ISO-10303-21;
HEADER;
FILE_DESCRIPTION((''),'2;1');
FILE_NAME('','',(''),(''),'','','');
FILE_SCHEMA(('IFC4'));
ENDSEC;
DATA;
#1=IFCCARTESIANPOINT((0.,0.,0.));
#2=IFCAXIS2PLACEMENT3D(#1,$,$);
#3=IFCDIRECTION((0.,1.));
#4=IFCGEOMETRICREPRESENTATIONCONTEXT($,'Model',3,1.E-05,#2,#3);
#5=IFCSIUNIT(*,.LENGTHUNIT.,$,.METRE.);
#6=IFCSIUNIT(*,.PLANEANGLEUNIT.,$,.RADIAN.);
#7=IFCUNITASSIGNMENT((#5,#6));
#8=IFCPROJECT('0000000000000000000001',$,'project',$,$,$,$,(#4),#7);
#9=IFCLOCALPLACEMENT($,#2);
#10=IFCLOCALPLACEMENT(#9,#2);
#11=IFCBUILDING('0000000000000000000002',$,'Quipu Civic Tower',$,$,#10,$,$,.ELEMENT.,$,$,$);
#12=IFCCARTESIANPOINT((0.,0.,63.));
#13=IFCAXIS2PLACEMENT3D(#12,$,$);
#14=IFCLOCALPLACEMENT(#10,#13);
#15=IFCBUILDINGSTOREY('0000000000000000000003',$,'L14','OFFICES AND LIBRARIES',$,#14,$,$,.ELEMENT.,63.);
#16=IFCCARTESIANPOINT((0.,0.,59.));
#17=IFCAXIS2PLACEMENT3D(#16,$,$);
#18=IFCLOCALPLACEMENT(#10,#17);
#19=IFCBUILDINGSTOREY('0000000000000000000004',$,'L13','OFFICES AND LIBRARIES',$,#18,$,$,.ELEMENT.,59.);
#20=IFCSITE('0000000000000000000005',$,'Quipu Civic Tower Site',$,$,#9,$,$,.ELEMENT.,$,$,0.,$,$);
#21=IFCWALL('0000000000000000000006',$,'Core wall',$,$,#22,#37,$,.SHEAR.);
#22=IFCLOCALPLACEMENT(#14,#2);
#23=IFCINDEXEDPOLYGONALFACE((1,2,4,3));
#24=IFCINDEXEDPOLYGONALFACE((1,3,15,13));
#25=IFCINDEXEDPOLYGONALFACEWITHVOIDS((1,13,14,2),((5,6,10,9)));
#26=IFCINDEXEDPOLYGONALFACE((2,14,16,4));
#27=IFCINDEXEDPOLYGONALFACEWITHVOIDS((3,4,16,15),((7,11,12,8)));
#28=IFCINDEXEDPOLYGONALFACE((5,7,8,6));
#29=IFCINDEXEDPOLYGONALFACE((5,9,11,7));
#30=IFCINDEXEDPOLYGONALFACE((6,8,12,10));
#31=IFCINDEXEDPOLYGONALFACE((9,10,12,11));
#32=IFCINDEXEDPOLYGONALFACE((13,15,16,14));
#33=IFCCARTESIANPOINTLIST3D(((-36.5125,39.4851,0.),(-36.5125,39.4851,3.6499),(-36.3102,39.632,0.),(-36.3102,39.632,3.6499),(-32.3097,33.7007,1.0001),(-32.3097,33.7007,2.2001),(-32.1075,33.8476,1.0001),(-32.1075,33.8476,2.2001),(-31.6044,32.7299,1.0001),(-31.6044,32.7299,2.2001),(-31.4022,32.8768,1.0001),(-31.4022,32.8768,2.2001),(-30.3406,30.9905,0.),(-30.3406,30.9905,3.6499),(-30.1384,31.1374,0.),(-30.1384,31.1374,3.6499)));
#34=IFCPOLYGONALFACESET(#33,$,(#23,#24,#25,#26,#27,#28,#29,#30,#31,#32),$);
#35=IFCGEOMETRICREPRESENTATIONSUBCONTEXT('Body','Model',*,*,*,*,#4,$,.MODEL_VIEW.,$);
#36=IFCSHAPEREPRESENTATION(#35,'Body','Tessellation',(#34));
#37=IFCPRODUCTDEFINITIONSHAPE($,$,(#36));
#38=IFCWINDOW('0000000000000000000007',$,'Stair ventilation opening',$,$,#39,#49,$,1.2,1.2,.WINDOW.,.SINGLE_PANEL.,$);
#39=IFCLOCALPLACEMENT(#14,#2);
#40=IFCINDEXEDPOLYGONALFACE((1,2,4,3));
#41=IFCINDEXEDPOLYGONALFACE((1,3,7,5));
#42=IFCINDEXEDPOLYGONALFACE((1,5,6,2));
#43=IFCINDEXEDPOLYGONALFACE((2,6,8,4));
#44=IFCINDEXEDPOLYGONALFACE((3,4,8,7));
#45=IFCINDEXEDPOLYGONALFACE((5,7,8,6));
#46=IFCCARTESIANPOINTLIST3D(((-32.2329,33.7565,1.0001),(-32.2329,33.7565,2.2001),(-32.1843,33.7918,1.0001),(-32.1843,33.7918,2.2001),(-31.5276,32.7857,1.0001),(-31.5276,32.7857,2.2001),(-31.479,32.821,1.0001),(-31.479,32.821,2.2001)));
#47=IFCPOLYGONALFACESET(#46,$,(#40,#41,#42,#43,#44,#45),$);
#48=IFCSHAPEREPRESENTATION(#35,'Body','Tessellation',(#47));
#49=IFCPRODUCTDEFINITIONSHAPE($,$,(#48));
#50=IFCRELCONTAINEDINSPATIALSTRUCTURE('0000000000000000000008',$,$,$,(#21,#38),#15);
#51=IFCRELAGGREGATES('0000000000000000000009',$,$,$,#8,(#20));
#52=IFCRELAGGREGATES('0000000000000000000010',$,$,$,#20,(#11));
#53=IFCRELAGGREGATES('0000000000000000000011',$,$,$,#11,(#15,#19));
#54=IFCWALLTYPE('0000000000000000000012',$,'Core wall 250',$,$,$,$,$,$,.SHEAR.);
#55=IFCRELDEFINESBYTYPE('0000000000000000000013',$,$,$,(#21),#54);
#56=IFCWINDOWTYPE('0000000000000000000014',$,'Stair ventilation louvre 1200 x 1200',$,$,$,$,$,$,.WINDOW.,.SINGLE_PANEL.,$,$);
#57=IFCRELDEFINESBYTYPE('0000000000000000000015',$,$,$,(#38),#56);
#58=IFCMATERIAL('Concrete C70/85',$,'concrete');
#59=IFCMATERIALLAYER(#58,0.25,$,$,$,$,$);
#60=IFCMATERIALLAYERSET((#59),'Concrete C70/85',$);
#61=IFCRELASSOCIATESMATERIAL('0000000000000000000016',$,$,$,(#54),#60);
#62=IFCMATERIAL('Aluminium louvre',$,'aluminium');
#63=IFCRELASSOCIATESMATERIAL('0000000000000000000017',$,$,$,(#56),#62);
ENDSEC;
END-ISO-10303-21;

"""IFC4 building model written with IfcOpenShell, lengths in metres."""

from ifc_helpers import new_model, si_unit, direction, frame, frame_2d, origin, place, context, subcontext, project, spatial, rectangle, extrude, material, layer, layer_set, type_object, element, fill, save


model = new_model("IFC4")

# Units and contexts
model_context = context("Model", 3, precision=1e-05, world=origin(), true_north=direction((0.0, 1.0)))
body_context = subcontext(model_context, "Body", "Model", "MODEL_VIEW")
ifc_project = project(units=[si_unit("LENGTHUNIT", "METRE"), si_unit("PLANEANGLEUNIT", "RADIAN")], contexts=[model_context])

# Site, building, storey
site_placement = place(None, origin())
site = spatial("IfcSite", under=ifc_project, at=site_placement, Name="Quipu Civic Tower Site", CompositionType="ELEMENT", RefElevation=0.0)
building_placement = place(site_placement, origin())
building = spatial("IfcBuilding", under=site, at=building_placement, Name="Quipu Civic Tower", CompositionType="ELEMENT")
storey_1_placement = place(building_placement, frame((0.0, 0.0, 63.0)))
storey_1 = spatial("IfcBuildingStorey", under=building, at=storey_1_placement, Name="L14", Description="OFFICES AND LIBRARIES", CompositionType="ELEMENT", Elevation=63.0)

# Shared definitions
storey_2_placement = place(building_placement, frame((0.0, 0.0, 59.0)))
storey_2 = spatial("IfcBuildingStorey", under=building, at=storey_2_placement, Name="L13", Description="OFFICES AND LIBRARIES", CompositionType="ELEMENT", Elevation=59.0)

# Wall, opening, window
ifc_material_1 = material(Name="Concrete C70/85", Category="concrete")
ifc_layer_1 = layer(ifc_material_1, 0.25)
ifc_layer_set_1 = layer_set([ifc_layer_1], Name="Concrete C70/85")
wall_type_1 = type_object("IfcWallType", Name="Core wall 250", PredefinedType="SHEAR", material=ifc_layer_set_1)
wall_1_placement = place(storey_1_placement, frame((-30.2395, 31.064, 0.0), z_axis=(0.0, 0.0, 1.0), x_axis=(-0.587796, 0.809009, 0.0)))
wall_1 = element("IfcWall", 1, at=wall_1_placement, inside=storey_1, type_object=wall_type_1, Name="Core wall", PredefinedType="SHEAR", context=body_context, shape_type="SweptSolid", body=[
    extrude(rectangle(XDim=10.5, YDim=0.25, at=frame_2d((5.25, 0.0))), origin(), (0.0, 0.0, 1.0), 3.6499),
])
opening_placement = place(wall_1_placement, frame((2.1499, 0.0, 1.0)))
opening = element("IfcOpeningElement", 2, at=opening_placement, cuts=wall_1, PredefinedType="OPENING", context=body_context, shape_type="SweptSolid", body=[
    extrude(rectangle(XDim=1.2, YDim=1.2, at=frame_2d((0.6001, 0.6001))), frame((0.0, 0.135, 0.0), z_axis=(0.0, -1.0, 0.0), x_axis=(1.0, 0.0, 0.0)), (0.0, 0.0, 1.0), 0.27),
])
ifc_material_2 = material(Name="Aluminium louvre", Category="aluminium")
window_type = type_object("IfcWindowType", Name="Stair ventilation louvre 1200 x 1200", PartitioningType="SINGLE_PANEL", PredefinedType="WINDOW", material=ifc_material_2)
window_placement = place(opening_placement, origin())
window = element("IfcWindow", 3, at=window_placement, inside=storey_1, type_object=window_type, Name="Stair ventilation opening", OverallHeight=1.2, OverallWidth=1.2, PartitioningType="SINGLE_PANEL", PredefinedType="WINDOW", context=body_context, shape_type="SweptSolid", body=[
    extrude(rectangle(XDim=1.2, YDim=1.2, at=frame_2d((0.6001, 0.6001))), frame((0.0, 0.03, 0.0), z_axis=(0.0, -1.0, 0.0), x_axis=(1.0, 0.0, 0.0)), (0.0, 0.0, 1.0), 0.0601),
])
fill(opening, window)

save(model, "model.ifc")
